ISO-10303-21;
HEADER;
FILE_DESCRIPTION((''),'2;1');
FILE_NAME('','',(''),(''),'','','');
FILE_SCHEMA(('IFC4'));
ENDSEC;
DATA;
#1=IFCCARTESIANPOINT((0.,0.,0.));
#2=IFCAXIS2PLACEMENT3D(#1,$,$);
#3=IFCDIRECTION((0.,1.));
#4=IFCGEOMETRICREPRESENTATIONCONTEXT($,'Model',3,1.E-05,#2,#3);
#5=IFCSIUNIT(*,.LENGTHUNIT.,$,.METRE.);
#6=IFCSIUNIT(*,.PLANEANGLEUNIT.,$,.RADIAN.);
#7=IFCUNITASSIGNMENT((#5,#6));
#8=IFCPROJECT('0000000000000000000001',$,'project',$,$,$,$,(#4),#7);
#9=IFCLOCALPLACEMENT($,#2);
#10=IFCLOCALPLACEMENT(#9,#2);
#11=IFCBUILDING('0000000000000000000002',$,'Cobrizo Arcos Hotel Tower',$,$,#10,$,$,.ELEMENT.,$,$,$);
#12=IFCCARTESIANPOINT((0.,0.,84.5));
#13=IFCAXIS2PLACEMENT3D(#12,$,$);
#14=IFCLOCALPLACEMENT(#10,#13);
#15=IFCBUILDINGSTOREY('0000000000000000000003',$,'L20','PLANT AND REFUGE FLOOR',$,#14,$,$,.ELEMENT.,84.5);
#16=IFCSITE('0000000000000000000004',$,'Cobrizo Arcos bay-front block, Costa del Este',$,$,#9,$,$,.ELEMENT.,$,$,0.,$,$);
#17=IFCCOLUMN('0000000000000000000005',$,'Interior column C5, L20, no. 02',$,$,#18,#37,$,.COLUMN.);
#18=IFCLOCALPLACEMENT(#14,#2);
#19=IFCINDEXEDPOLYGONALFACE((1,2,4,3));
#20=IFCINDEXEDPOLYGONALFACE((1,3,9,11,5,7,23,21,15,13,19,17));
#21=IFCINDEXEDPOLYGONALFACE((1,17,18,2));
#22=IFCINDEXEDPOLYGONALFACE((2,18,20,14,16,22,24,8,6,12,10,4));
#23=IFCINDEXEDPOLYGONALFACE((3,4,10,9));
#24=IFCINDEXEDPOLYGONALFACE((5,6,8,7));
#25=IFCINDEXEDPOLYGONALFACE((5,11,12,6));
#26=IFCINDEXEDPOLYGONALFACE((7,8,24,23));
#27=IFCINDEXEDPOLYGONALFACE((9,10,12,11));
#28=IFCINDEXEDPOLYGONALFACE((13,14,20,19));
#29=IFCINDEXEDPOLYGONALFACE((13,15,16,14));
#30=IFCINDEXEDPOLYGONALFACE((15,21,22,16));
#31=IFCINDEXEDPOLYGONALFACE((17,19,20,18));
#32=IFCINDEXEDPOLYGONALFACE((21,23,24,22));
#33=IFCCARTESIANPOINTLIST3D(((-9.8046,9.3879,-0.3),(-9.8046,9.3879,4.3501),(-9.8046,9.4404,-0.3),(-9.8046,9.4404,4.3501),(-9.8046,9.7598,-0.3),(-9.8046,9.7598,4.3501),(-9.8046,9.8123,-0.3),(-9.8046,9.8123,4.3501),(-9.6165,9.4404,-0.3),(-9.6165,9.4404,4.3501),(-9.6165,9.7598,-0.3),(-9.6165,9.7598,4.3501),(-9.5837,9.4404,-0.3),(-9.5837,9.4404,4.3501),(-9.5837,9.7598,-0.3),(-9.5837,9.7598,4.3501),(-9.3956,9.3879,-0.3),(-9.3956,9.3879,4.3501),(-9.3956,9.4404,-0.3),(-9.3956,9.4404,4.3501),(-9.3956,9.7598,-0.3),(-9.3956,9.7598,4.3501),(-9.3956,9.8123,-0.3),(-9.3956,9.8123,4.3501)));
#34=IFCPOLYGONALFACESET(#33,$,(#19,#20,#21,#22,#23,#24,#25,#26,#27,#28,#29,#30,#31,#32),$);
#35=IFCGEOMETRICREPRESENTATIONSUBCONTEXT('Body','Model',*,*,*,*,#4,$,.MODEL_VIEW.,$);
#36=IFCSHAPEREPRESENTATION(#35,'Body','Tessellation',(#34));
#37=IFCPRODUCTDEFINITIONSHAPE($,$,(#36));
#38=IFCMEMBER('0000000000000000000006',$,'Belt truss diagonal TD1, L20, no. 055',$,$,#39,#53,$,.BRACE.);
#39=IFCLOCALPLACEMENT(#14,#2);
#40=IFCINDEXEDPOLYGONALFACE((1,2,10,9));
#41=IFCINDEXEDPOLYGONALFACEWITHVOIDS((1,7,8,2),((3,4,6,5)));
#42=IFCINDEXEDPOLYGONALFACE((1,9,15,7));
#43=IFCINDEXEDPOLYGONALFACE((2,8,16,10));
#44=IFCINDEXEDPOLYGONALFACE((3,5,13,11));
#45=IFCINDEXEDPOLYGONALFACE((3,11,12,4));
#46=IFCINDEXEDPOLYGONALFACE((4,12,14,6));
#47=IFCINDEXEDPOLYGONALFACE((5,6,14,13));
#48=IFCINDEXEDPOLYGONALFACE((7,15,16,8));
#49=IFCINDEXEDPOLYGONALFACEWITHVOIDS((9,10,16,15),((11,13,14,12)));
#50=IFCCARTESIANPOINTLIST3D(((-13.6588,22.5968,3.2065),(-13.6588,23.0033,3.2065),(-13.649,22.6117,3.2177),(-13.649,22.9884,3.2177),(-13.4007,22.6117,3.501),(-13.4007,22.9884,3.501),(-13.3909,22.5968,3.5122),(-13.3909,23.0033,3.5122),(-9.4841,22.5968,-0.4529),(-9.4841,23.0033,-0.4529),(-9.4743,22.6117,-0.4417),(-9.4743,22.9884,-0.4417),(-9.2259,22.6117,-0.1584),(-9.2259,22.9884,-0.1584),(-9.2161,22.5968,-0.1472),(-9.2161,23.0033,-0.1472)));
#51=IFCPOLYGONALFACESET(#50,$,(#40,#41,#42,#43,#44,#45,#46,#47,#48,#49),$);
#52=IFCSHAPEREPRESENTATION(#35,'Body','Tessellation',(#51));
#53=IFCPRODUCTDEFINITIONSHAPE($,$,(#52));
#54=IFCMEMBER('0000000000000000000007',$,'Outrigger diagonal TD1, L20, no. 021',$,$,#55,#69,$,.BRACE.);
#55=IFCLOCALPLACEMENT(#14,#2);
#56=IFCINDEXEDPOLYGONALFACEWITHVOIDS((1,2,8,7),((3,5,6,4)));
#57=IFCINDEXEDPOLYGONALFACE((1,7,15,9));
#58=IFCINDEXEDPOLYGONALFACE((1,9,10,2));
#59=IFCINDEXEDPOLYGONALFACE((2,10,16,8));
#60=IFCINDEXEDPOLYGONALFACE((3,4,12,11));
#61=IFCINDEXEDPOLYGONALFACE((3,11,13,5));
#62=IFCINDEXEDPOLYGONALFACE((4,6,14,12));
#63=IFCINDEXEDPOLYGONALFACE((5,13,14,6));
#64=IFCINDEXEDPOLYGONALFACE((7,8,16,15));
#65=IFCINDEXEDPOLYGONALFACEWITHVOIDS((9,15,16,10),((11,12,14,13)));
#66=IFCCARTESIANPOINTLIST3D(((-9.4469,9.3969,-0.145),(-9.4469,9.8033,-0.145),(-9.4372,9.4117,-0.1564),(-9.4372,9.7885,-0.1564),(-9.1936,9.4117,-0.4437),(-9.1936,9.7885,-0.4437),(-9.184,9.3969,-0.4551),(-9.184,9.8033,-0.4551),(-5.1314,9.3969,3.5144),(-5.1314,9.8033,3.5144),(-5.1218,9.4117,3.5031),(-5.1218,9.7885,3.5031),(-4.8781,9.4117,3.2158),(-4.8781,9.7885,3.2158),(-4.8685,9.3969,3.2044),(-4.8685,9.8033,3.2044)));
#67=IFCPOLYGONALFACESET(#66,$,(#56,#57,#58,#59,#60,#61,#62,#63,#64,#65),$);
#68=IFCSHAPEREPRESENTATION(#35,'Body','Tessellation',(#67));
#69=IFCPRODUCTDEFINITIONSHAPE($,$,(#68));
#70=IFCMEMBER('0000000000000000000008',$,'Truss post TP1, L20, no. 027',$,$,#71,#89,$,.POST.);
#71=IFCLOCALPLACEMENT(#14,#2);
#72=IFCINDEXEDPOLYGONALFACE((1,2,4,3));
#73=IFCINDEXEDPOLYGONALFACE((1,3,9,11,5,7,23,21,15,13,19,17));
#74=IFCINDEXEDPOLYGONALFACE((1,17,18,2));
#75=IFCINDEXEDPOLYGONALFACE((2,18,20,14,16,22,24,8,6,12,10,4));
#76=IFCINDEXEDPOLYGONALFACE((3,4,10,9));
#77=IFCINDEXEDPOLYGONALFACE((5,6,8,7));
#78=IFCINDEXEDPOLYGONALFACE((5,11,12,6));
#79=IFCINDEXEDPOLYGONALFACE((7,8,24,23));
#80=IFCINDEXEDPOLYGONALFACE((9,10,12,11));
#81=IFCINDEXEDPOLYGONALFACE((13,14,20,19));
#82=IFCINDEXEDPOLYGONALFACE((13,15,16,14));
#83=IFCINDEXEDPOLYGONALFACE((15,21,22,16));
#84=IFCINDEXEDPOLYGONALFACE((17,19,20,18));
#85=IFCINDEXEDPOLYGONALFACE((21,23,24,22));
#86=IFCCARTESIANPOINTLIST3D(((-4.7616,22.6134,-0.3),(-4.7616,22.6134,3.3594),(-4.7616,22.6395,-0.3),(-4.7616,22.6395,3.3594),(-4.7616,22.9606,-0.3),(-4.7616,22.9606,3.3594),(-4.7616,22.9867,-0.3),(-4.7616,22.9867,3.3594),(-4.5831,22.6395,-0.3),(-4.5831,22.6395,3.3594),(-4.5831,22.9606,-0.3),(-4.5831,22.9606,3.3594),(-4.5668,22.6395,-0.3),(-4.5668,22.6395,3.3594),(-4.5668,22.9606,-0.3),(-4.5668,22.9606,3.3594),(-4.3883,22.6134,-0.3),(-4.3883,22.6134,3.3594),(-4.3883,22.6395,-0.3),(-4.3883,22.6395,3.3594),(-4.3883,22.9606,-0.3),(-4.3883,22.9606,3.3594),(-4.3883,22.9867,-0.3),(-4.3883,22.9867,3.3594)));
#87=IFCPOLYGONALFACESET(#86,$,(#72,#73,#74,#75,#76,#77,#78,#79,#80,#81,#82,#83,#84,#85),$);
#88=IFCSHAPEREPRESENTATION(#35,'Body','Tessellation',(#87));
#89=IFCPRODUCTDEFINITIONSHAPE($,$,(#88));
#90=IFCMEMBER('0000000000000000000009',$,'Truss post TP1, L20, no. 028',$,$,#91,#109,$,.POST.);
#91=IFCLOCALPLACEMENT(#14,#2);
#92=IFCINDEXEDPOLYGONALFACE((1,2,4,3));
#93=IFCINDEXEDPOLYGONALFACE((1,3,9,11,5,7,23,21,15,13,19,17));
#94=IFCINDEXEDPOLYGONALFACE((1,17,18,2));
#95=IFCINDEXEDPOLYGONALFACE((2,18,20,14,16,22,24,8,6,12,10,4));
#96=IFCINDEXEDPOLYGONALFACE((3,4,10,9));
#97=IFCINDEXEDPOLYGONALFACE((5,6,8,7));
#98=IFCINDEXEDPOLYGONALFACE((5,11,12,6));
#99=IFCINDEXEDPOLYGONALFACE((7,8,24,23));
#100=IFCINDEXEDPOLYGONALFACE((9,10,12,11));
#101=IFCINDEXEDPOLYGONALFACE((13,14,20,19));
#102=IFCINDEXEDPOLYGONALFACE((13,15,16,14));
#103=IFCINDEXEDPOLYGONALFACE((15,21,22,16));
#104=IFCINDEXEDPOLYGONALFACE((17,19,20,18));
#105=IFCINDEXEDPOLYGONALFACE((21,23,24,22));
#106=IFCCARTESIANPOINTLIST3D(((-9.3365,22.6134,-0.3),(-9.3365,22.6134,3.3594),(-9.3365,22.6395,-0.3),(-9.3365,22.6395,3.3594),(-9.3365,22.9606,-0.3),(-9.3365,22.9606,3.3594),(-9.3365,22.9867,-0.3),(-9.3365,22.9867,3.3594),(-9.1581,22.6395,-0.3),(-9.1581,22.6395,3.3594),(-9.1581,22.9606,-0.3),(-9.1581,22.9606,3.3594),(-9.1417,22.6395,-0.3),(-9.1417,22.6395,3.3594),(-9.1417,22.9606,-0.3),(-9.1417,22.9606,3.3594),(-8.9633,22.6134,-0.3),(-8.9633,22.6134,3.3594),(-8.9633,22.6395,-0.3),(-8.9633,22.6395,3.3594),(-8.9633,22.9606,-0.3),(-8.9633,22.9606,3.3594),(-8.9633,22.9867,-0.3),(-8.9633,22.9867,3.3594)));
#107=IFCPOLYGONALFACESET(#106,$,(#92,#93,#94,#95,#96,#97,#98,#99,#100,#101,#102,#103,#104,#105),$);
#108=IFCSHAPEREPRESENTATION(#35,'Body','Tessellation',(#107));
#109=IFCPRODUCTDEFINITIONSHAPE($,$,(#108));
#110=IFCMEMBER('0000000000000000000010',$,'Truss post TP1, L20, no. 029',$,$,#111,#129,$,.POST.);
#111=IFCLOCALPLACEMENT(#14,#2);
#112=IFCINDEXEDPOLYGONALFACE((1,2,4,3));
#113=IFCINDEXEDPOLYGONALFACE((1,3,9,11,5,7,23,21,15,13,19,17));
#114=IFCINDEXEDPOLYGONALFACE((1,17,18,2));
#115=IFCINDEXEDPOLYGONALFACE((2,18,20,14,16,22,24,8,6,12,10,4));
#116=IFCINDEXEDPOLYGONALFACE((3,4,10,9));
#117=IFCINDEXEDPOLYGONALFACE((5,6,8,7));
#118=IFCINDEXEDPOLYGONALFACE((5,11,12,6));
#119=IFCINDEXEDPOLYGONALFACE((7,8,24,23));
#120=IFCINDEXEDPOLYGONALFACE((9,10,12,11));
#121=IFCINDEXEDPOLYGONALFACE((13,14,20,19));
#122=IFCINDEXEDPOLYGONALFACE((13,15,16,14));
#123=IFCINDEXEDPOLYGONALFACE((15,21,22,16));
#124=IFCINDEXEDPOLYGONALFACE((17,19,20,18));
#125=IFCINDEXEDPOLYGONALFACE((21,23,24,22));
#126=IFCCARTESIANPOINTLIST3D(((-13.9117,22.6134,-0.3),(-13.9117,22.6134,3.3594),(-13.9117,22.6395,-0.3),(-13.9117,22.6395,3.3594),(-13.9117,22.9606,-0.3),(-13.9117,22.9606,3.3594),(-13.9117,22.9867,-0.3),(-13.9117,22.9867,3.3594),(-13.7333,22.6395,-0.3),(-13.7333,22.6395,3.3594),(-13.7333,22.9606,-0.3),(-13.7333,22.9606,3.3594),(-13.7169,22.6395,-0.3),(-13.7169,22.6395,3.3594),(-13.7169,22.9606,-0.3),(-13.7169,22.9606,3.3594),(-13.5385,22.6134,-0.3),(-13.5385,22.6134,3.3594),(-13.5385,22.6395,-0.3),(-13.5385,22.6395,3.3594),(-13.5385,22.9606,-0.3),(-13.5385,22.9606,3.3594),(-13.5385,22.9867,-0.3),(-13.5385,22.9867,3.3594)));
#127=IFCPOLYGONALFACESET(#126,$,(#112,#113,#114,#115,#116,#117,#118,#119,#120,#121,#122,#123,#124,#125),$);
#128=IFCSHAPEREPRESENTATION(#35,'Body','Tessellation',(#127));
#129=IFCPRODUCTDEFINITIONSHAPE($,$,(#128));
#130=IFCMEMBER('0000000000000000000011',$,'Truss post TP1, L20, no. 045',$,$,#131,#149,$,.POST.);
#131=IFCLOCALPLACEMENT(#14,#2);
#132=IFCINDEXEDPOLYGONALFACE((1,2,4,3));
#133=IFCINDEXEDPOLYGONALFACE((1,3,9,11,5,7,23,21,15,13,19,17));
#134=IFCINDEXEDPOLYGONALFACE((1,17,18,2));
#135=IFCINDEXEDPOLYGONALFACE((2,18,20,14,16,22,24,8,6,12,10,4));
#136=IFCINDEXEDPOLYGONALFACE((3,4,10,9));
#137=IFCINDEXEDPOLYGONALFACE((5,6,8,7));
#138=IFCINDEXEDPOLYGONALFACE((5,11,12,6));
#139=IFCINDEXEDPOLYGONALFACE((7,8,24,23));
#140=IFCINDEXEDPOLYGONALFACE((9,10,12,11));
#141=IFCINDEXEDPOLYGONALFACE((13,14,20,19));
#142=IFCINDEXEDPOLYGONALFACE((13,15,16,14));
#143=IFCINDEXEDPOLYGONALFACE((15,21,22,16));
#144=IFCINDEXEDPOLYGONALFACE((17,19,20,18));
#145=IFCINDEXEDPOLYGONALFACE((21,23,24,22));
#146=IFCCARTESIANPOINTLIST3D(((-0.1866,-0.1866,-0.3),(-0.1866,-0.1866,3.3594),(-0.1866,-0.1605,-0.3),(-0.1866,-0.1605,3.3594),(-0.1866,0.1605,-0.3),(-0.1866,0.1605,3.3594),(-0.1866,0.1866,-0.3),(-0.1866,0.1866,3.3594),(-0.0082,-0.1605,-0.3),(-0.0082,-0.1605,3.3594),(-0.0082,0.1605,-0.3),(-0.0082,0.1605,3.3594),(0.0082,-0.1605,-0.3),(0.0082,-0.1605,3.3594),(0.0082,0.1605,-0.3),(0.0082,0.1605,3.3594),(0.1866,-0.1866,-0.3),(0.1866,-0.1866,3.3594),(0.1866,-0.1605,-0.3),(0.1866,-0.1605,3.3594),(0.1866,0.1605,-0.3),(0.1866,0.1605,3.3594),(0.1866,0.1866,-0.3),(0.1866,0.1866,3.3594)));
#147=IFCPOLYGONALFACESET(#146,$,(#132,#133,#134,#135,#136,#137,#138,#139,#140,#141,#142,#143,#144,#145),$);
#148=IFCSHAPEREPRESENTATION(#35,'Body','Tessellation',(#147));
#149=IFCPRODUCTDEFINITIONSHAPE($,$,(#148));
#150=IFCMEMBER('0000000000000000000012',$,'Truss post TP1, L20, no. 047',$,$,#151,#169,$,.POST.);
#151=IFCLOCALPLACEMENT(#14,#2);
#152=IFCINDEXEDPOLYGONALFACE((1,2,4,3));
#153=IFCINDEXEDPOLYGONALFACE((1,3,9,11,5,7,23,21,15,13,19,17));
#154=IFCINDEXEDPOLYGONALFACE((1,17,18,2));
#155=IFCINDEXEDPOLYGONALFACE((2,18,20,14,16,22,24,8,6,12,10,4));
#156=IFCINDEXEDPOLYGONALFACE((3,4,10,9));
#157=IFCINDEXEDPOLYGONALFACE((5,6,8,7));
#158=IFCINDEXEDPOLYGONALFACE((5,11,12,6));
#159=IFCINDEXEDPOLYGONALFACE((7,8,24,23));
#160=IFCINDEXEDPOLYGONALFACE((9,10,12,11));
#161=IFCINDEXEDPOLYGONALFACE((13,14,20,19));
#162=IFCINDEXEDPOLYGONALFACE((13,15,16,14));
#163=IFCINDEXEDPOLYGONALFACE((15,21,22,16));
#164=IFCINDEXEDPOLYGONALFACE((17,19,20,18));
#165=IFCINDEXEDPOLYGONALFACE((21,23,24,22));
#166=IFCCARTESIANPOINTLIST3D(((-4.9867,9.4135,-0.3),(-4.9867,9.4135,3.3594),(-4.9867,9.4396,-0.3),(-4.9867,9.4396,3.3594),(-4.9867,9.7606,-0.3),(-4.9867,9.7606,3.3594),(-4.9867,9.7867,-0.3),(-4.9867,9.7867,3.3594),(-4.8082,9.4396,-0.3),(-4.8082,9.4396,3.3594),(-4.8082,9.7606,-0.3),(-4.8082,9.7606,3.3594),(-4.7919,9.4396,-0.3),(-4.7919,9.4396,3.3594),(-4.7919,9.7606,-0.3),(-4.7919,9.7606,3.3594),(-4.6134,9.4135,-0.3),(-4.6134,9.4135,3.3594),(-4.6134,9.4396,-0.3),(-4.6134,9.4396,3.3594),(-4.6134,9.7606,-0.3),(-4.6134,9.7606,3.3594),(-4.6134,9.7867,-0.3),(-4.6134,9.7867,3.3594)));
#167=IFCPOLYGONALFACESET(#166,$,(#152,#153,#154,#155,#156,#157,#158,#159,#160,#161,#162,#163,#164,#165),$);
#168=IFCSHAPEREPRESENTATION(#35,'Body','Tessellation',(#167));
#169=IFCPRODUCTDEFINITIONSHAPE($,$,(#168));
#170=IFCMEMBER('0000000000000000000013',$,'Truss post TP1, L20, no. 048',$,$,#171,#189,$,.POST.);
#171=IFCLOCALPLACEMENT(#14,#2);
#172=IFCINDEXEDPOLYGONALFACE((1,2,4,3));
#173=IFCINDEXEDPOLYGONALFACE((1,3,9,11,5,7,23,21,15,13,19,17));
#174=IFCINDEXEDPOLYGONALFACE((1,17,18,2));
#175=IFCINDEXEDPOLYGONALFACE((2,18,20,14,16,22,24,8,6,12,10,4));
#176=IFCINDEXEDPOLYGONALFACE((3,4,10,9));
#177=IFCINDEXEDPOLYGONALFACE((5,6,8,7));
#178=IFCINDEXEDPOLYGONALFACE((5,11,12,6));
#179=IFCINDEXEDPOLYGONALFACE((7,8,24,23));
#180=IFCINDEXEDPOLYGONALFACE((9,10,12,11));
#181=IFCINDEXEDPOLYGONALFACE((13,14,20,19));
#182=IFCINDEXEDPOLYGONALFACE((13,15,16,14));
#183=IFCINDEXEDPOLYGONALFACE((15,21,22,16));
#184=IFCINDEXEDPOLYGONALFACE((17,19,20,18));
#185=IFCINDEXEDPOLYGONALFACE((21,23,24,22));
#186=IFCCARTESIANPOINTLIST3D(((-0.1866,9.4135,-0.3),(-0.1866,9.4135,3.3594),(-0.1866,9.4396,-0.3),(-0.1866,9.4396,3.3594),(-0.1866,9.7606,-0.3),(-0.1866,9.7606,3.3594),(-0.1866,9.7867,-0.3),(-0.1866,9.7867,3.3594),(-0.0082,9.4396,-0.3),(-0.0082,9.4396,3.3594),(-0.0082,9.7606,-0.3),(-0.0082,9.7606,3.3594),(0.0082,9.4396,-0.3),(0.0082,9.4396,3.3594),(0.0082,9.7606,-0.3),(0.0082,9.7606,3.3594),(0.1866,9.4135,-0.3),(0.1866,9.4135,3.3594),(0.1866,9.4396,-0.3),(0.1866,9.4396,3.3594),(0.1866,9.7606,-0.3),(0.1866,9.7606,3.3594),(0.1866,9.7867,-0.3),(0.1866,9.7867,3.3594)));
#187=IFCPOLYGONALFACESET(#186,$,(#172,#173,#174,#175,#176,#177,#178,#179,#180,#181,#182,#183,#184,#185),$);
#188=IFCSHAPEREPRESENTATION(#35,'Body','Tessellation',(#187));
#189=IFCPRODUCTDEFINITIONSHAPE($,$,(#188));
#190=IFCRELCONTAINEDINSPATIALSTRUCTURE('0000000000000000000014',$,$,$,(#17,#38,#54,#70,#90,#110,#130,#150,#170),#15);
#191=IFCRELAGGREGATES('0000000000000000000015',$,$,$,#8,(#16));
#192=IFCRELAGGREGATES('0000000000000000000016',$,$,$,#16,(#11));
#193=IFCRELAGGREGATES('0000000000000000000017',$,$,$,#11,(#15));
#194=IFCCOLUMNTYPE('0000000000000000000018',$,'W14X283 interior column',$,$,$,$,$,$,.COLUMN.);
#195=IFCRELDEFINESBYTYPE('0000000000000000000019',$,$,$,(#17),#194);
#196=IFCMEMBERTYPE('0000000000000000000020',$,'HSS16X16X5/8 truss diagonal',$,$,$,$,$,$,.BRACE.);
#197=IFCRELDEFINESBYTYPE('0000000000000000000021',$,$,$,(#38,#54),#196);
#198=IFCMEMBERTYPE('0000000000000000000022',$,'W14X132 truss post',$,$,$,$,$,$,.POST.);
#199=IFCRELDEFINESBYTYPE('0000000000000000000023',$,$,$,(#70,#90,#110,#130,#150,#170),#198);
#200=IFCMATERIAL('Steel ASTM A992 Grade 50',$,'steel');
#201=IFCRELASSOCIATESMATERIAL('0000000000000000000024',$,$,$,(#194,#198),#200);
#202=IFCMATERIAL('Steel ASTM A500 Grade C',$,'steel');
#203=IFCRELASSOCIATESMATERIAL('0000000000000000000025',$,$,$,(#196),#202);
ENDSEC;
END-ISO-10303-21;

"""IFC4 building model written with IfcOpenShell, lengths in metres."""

from ifc_helpers import new_model, si_unit, direction, frame, origin, origin_2d, place, context, subcontext, project, spatial, hollow_rectangle, i_section, extrude, material, material_profile, profile_set, type_object, element, save


model = new_model("IFC4")

# Units and contexts
model_context = context("Model", 3, precision=1e-05, world=origin(), true_north=direction((0.0, 1.0)))
body_context = subcontext(model_context, "Body", "Model", "MODEL_VIEW")
ifc_project = project(units=[si_unit("LENGTHUNIT", "METRE"), si_unit("PLANEANGLEUNIT", "RADIAN")], contexts=[model_context])

# Site, building, storey
site_placement = place(None, origin())
site = spatial("IfcSite", under=ifc_project, at=site_placement, Name="Cobrizo Arcos bay-front block, Costa del Este", CompositionType="ELEMENT", RefElevation=0.0)
building_placement = place(site_placement, origin())
building = spatial("IfcBuilding", under=site, at=building_placement, Name="Cobrizo Arcos Hotel Tower", CompositionType="ELEMENT")
storey_placement = place(building_placement, frame((0.0, 0.0, 84.5)))
storey = spatial("IfcBuildingStorey", under=building, at=storey_placement, Name="L20", Description="PLANT AND REFUGE FLOOR", CompositionType="ELEMENT", Elevation=84.5)

# Column
ifc_material_1 = material(Name="Steel ASTM A992 Grade 50", Category="steel")
ifc_material_profile_1 = material_profile(ifc_material_1, i_section(OverallWidth=0.4089, OverallDepth=0.4243, WebThickness=0.0327, FlangeThickness=0.0525, at=origin_2d()), Name="W14X283")
ifc_profile_set_1 = profile_set([ifc_material_profile_1], Name="Steel ASTM A992 Grade 50")
column_type = type_object("IfcColumnType", Name="W14X283 interior column", PredefinedType="COLUMN", material=ifc_profile_set_1)
column_placement = place(storey_placement, frame((-9.6001, 9.6001, -0.3), z_axis=(0.0, 0.0, 1.0), x_axis=(1.0, 0.0, 0.0)))
element("IfcColumn", 1, at=column_placement, inside=storey, type_object=column_type, Name="Interior column C5, L20, no. 02", PredefinedType="COLUMN", context=body_context, shape_type="SweptSolid", body=[
    extrude(i_section(OverallWidth=0.4089, OverallDepth=0.4243, WebThickness=0.0327, FlangeThickness=0.0525, at=origin_2d()), origin(), (0.0, 0.0, 1.0), 4.6501),
])

# Members
ifc_material_2 = material(Name="Steel ASTM A500 Grade C", Category="steel")
ifc_material_profile_2 = material_profile(ifc_material_2, hollow_rectangle(XDim=0.4065, YDim=0.4065, WallThickness=0.0149, at=origin_2d()), Name="HSS16X16X5/8")
ifc_profile_set_2 = profile_set([ifc_material_profile_2], Name="Steel ASTM A500 Grade C")
member_type_1 = type_object("IfcMemberType", Name="HSS16X16X5/8 truss diagonal", PredefinedType="BRACE", material=ifc_profile_set_2)
member_1_placement = place(storey_placement, frame((-9.3501, 22.8, -0.3), z_axis=(-0.751999, 0.0, 0.659164), x_axis=(0.0, -1.0, 0.0)))
element("IfcMember", 2, at=member_1_placement, inside=storey, type_object=member_type_1, Name="Belt truss diagonal TD1, L20, no. 055", PredefinedType="BRACE", context=body_context, shape_type="SweptSolid", body=[
    extrude(hollow_rectangle(XDim=0.4065, YDim=0.4065, WallThickness=0.0149, at=origin_2d()), origin(), (0.0, 0.0, 1.0), 5.5515),
])
member_2_placement = place(storey_placement, frame((-9.3154, 9.6001, -0.3), z_axis=(0.762697, 0.0, 0.646756), x_axis=(0.0, 1.0, 0.0)))
element("IfcMember", 3, at=member_2_placement, inside=storey, type_object=member_type_1, Name="Outrigger diagonal TD1, L20, no. 021", PredefinedType="BRACE", context=body_context, shape_type="SweptSolid", body=[
    extrude(hollow_rectangle(XDim=0.4065, YDim=0.4065, WallThickness=0.0149, at=origin_2d()), origin(), (0.0, 0.0, 1.0), 5.6582),
])
ifc_material_profile_3 = material_profile(ifc_material_1, i_section(OverallWidth=0.3733, OverallDepth=0.3733, WebThickness=0.0164, FlangeThickness=0.0261, at=origin_2d()), Name="W14X132")
ifc_profile_set_3 = profile_set([ifc_material_profile_3], Name="Steel ASTM A992 Grade 50")
member_type_2 = type_object("IfcMemberType", Name="W14X132 truss post", PredefinedType="POST", material=ifc_profile_set_3)
for number, where, z_axis, x_axis, name in (
    (4, (-4.575, 22.8, -0.3), (0.0, 0.0, 1.0), (1.0, 0.0, 0.0), "Truss post TP1, L20, no. 027"),
    (5, (-9.1499, 22.8, -0.3), (0.0, 0.0, 1.0), (1.0, 0.0, 0.0), "Truss post TP1, L20, no. 028"),
    (6, (-13.7251, 22.8, -0.3), (0.0, 0.0, 1.0), (1.0, 0.0, 0.0), "Truss post TP1, L20, no. 029"),
    (7, (0.0, 0.0, -0.3), (0.0, 0.0, 1.0), (1.0, 0.0, 0.0), "Truss post TP1, L20, no. 045"),
    (8, (-4.8, 9.6001, -0.3), (0.0, 0.0, 1.0), (1.0, 0.0, 0.0), "Truss post TP1, L20, no. 047"),
    (9, (0.0, 9.6001, -0.3), (0.0, 0.0, 1.0), (1.0, 0.0, 0.0), "Truss post TP1, L20, no. 048"),
):
    element("IfcMember", number, at=place(storey_placement, frame(where, z_axis=z_axis, x_axis=x_axis)), inside=storey, type_object=member_type_2, Name=name, PredefinedType="POST", context=body_context, shape_type="SweptSolid", body=[
        extrude(i_section(OverallWidth=0.3733, OverallDepth=0.3733, WebThickness=0.0164, FlangeThickness=0.0261, at=origin_2d()), origin(), (0.0, 0.0, 1.0), 3.6594),
    ])

save(model, "model.ifc")
